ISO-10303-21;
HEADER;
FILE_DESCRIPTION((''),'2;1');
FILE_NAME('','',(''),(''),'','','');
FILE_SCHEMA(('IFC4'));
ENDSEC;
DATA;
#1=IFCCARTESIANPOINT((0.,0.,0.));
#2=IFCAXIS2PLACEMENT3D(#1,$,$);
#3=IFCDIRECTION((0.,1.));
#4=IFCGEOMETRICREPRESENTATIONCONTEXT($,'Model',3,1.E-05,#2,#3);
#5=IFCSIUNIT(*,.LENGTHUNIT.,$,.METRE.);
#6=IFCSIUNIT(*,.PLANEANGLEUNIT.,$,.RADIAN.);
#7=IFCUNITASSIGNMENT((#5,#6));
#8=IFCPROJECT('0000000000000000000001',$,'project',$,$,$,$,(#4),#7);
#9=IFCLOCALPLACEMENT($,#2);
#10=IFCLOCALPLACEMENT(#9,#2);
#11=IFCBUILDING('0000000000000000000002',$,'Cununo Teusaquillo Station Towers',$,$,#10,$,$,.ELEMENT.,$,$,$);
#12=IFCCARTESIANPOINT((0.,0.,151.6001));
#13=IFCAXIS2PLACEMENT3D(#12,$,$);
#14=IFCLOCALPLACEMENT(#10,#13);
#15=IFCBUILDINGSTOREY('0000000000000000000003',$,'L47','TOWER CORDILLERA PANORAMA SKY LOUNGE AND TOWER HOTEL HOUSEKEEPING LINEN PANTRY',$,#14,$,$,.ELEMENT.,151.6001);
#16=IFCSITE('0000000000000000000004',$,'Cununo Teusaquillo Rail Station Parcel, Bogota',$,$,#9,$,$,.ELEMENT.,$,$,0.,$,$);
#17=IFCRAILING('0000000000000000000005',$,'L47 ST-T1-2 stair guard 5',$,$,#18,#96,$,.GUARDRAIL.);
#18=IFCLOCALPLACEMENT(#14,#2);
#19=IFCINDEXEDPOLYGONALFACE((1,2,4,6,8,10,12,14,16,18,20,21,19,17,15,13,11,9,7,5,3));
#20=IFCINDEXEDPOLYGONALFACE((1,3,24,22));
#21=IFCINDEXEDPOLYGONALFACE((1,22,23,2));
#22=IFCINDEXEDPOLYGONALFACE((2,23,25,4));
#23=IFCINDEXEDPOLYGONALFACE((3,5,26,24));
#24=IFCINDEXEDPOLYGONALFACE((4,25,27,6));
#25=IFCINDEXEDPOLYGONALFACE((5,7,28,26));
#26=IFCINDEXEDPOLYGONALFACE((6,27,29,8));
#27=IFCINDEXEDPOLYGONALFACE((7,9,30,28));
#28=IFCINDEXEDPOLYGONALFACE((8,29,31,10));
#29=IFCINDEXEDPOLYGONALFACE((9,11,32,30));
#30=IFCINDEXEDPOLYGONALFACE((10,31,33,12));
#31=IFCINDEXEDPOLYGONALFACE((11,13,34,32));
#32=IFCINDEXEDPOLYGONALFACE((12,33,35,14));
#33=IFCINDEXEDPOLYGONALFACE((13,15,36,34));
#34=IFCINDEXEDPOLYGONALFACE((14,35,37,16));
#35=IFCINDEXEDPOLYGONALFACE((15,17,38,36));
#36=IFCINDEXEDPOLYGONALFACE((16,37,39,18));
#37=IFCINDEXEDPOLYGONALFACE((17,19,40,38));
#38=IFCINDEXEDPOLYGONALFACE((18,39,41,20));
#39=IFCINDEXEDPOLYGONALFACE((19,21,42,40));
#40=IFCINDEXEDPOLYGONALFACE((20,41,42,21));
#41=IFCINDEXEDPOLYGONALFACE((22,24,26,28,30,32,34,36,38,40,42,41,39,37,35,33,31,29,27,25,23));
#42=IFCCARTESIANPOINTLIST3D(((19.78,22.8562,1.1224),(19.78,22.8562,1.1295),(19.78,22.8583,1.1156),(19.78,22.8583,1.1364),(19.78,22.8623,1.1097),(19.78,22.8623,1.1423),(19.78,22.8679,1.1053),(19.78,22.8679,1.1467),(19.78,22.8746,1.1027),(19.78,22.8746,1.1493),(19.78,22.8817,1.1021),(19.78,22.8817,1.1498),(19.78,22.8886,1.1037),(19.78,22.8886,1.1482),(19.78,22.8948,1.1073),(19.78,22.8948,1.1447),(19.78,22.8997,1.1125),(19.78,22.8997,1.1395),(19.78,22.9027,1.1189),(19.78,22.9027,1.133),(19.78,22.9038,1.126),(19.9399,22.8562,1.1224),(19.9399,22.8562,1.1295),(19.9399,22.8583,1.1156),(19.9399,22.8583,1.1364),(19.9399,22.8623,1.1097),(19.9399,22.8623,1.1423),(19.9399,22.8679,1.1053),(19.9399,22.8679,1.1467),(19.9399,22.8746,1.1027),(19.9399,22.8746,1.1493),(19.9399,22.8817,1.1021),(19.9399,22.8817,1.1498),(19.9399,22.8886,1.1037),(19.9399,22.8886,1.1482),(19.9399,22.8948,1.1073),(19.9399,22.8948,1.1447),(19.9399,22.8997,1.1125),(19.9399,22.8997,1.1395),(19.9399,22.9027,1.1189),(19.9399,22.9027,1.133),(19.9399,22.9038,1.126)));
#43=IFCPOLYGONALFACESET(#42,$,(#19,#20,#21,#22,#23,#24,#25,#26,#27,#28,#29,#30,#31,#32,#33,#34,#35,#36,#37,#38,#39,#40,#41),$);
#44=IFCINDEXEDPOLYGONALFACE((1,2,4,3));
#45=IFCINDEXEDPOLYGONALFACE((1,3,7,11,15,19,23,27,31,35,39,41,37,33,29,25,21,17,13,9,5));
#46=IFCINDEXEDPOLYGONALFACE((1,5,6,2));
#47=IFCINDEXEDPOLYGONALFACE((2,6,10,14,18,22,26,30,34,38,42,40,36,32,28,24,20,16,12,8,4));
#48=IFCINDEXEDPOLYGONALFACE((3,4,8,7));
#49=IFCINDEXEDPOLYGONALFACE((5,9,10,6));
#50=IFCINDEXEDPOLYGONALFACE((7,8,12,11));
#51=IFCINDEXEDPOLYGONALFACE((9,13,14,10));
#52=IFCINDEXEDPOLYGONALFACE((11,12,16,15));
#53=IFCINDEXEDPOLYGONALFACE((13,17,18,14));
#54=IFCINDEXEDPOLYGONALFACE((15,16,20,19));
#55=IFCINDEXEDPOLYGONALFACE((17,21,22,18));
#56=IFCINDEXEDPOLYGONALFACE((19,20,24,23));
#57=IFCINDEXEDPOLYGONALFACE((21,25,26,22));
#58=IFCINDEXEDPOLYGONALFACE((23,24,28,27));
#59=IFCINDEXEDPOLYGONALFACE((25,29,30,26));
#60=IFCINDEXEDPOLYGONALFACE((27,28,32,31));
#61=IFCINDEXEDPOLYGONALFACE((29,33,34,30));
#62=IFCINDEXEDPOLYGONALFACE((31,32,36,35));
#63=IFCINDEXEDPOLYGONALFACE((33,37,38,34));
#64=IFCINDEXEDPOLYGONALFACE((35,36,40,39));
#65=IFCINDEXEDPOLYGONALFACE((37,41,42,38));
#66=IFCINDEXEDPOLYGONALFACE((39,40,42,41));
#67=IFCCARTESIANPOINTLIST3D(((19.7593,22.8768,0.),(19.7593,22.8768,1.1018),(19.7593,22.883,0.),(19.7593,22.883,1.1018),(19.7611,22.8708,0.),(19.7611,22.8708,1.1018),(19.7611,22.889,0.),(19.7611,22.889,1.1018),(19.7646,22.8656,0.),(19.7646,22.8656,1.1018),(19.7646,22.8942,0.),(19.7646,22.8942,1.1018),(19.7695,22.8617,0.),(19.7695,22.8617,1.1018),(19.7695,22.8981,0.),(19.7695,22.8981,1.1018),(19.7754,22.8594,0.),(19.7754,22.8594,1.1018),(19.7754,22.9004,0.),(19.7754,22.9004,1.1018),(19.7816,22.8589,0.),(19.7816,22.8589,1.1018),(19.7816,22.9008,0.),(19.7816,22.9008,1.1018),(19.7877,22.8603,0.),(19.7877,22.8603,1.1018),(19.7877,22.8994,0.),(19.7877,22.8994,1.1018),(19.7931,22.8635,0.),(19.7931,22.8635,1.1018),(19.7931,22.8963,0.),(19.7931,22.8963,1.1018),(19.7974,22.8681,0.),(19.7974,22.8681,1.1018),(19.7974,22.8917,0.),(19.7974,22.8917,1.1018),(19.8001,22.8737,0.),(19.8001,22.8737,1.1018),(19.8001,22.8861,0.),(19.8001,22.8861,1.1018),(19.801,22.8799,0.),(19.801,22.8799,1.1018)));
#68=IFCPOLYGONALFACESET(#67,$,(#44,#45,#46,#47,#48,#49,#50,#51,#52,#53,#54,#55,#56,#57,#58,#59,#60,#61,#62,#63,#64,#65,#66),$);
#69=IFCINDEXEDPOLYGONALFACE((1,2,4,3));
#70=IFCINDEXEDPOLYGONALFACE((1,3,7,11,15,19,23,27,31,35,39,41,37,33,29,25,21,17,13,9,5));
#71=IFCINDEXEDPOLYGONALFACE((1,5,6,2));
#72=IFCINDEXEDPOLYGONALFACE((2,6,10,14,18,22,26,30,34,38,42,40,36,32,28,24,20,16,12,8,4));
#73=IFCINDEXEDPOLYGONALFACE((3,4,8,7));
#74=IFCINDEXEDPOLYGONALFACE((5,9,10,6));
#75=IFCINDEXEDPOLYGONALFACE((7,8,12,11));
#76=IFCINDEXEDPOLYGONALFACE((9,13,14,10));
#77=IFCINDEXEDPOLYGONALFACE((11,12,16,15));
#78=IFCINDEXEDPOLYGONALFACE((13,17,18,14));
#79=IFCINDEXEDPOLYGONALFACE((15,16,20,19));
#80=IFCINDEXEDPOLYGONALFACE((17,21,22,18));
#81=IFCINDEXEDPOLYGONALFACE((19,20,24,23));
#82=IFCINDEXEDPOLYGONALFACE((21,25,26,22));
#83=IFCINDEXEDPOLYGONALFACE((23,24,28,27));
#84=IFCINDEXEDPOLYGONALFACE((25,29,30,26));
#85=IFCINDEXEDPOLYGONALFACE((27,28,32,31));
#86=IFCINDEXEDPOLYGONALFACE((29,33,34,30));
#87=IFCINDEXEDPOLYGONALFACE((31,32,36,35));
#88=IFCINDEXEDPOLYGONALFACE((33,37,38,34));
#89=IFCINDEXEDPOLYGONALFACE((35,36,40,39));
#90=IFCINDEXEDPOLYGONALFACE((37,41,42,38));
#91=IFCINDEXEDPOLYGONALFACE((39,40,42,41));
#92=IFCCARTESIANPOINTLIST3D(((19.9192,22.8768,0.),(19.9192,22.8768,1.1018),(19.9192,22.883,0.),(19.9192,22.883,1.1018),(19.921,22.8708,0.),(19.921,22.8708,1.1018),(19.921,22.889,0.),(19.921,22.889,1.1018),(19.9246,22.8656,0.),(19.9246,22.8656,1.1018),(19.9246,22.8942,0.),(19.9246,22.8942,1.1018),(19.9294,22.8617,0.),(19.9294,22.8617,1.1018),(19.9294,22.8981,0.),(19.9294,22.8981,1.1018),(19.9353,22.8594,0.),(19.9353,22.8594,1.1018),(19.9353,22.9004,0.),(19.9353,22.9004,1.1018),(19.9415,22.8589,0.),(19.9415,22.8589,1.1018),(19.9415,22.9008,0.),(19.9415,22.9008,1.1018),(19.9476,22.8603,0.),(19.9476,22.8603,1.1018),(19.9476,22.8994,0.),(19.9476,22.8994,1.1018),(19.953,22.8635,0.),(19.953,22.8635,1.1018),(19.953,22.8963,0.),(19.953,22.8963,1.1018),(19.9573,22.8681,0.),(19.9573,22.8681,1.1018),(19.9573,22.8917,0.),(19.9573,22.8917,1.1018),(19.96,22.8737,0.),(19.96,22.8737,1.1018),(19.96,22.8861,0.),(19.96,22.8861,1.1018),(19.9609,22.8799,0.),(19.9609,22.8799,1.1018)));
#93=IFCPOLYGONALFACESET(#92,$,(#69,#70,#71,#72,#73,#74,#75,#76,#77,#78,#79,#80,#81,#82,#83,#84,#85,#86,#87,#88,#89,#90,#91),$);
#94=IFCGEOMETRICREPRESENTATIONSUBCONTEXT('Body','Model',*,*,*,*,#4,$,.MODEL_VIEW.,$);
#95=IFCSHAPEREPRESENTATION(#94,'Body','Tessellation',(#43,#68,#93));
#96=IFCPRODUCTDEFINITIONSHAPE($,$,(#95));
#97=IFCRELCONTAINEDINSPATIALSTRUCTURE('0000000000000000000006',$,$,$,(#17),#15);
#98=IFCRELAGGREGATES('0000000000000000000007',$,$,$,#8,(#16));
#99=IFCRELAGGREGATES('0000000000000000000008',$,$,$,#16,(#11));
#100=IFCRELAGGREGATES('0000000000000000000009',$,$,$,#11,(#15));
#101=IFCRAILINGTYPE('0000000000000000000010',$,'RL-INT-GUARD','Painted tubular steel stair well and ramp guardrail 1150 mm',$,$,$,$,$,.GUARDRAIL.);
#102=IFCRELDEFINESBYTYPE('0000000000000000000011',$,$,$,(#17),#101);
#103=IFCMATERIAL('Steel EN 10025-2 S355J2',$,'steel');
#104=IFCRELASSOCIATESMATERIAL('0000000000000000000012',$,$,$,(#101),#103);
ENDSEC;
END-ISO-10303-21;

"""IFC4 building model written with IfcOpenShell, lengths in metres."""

from ifc_helpers import new_model, si_unit, direction, frame, origin, origin_2d, place, context, subcontext, project, spatial, circle, extrude, material, type_object, element, save


model = new_model("IFC4")

# Units and contexts
model_context = context("Model", 3, precision=1e-05, world=origin(), true_north=direction((0.0, 1.0)))
body_context = subcontext(model_context, "Body", "Model", "MODEL_VIEW")
ifc_project = project(units=[si_unit("LENGTHUNIT", "METRE"), si_unit("PLANEANGLEUNIT", "RADIAN")], contexts=[model_context])

# Site, building, storey
site_placement = place(None, origin())
site = spatial("IfcSite", under=ifc_project, at=site_placement, Name="Cununo Teusaquillo Rail Station Parcel, Bogota", CompositionType="ELEMENT", RefElevation=0.0)
building_placement = place(site_placement, origin())
building = spatial("IfcBuilding", under=site, at=building_placement, Name="Cununo Teusaquillo Station Towers", CompositionType="ELEMENT")
storey_placement = place(building_placement, frame((0.0, 0.0, 151.6001)))
storey = spatial("IfcBuildingStorey", under=building, at=storey_placement, Name="L47", Description="TOWER CORDILLERA PANORAMA SKY LOUNGE AND TOWER HOTEL HOUSEKEEPING LINEN PANTRY", CompositionType="ELEMENT", Elevation=151.6001)

# Railing
ifc_material_1 = material(Name="Steel EN 10025-2 S355J2", Category="steel")
railing_type_1 = type_object("IfcRailingType", Name="RL-INT-GUARD", Description="Painted tubular steel stair well and ramp guardrail 1150 mm", PredefinedType="GUARDRAIL", material=ifc_material_1)
railing_1_placement = place(storey_placement, frame((19.78, 22.8799, 0.0)))
element("IfcRailing", 1, at=railing_1_placement, inside=storey, type_object=railing_type_1, Name="L47 ST-T1-2 stair guard 5", PredefinedType="GUARDRAIL", context=body_context, shape_type="SweptSolid", body=[
    extrude(circle(Radius=0.0239, at=origin_2d()), frame((0.0, 0.0, 1.126), z_axis=(1.0, 0.0, 0.0), x_axis=(0.0, 1.0, 0.0)), (0.0, 0.0, 1.0), 0.1599),
    extrude(circle(Radius=0.021, at=origin_2d()), origin(), (0.0, 0.0, 1.0), 1.1018),
    extrude(circle(Radius=0.021, at=origin_2d()), frame((0.1599, 0.0, 0.0)), (0.0, 0.0, 1.0), 1.1018),
])

save(model, "model.ifc")
